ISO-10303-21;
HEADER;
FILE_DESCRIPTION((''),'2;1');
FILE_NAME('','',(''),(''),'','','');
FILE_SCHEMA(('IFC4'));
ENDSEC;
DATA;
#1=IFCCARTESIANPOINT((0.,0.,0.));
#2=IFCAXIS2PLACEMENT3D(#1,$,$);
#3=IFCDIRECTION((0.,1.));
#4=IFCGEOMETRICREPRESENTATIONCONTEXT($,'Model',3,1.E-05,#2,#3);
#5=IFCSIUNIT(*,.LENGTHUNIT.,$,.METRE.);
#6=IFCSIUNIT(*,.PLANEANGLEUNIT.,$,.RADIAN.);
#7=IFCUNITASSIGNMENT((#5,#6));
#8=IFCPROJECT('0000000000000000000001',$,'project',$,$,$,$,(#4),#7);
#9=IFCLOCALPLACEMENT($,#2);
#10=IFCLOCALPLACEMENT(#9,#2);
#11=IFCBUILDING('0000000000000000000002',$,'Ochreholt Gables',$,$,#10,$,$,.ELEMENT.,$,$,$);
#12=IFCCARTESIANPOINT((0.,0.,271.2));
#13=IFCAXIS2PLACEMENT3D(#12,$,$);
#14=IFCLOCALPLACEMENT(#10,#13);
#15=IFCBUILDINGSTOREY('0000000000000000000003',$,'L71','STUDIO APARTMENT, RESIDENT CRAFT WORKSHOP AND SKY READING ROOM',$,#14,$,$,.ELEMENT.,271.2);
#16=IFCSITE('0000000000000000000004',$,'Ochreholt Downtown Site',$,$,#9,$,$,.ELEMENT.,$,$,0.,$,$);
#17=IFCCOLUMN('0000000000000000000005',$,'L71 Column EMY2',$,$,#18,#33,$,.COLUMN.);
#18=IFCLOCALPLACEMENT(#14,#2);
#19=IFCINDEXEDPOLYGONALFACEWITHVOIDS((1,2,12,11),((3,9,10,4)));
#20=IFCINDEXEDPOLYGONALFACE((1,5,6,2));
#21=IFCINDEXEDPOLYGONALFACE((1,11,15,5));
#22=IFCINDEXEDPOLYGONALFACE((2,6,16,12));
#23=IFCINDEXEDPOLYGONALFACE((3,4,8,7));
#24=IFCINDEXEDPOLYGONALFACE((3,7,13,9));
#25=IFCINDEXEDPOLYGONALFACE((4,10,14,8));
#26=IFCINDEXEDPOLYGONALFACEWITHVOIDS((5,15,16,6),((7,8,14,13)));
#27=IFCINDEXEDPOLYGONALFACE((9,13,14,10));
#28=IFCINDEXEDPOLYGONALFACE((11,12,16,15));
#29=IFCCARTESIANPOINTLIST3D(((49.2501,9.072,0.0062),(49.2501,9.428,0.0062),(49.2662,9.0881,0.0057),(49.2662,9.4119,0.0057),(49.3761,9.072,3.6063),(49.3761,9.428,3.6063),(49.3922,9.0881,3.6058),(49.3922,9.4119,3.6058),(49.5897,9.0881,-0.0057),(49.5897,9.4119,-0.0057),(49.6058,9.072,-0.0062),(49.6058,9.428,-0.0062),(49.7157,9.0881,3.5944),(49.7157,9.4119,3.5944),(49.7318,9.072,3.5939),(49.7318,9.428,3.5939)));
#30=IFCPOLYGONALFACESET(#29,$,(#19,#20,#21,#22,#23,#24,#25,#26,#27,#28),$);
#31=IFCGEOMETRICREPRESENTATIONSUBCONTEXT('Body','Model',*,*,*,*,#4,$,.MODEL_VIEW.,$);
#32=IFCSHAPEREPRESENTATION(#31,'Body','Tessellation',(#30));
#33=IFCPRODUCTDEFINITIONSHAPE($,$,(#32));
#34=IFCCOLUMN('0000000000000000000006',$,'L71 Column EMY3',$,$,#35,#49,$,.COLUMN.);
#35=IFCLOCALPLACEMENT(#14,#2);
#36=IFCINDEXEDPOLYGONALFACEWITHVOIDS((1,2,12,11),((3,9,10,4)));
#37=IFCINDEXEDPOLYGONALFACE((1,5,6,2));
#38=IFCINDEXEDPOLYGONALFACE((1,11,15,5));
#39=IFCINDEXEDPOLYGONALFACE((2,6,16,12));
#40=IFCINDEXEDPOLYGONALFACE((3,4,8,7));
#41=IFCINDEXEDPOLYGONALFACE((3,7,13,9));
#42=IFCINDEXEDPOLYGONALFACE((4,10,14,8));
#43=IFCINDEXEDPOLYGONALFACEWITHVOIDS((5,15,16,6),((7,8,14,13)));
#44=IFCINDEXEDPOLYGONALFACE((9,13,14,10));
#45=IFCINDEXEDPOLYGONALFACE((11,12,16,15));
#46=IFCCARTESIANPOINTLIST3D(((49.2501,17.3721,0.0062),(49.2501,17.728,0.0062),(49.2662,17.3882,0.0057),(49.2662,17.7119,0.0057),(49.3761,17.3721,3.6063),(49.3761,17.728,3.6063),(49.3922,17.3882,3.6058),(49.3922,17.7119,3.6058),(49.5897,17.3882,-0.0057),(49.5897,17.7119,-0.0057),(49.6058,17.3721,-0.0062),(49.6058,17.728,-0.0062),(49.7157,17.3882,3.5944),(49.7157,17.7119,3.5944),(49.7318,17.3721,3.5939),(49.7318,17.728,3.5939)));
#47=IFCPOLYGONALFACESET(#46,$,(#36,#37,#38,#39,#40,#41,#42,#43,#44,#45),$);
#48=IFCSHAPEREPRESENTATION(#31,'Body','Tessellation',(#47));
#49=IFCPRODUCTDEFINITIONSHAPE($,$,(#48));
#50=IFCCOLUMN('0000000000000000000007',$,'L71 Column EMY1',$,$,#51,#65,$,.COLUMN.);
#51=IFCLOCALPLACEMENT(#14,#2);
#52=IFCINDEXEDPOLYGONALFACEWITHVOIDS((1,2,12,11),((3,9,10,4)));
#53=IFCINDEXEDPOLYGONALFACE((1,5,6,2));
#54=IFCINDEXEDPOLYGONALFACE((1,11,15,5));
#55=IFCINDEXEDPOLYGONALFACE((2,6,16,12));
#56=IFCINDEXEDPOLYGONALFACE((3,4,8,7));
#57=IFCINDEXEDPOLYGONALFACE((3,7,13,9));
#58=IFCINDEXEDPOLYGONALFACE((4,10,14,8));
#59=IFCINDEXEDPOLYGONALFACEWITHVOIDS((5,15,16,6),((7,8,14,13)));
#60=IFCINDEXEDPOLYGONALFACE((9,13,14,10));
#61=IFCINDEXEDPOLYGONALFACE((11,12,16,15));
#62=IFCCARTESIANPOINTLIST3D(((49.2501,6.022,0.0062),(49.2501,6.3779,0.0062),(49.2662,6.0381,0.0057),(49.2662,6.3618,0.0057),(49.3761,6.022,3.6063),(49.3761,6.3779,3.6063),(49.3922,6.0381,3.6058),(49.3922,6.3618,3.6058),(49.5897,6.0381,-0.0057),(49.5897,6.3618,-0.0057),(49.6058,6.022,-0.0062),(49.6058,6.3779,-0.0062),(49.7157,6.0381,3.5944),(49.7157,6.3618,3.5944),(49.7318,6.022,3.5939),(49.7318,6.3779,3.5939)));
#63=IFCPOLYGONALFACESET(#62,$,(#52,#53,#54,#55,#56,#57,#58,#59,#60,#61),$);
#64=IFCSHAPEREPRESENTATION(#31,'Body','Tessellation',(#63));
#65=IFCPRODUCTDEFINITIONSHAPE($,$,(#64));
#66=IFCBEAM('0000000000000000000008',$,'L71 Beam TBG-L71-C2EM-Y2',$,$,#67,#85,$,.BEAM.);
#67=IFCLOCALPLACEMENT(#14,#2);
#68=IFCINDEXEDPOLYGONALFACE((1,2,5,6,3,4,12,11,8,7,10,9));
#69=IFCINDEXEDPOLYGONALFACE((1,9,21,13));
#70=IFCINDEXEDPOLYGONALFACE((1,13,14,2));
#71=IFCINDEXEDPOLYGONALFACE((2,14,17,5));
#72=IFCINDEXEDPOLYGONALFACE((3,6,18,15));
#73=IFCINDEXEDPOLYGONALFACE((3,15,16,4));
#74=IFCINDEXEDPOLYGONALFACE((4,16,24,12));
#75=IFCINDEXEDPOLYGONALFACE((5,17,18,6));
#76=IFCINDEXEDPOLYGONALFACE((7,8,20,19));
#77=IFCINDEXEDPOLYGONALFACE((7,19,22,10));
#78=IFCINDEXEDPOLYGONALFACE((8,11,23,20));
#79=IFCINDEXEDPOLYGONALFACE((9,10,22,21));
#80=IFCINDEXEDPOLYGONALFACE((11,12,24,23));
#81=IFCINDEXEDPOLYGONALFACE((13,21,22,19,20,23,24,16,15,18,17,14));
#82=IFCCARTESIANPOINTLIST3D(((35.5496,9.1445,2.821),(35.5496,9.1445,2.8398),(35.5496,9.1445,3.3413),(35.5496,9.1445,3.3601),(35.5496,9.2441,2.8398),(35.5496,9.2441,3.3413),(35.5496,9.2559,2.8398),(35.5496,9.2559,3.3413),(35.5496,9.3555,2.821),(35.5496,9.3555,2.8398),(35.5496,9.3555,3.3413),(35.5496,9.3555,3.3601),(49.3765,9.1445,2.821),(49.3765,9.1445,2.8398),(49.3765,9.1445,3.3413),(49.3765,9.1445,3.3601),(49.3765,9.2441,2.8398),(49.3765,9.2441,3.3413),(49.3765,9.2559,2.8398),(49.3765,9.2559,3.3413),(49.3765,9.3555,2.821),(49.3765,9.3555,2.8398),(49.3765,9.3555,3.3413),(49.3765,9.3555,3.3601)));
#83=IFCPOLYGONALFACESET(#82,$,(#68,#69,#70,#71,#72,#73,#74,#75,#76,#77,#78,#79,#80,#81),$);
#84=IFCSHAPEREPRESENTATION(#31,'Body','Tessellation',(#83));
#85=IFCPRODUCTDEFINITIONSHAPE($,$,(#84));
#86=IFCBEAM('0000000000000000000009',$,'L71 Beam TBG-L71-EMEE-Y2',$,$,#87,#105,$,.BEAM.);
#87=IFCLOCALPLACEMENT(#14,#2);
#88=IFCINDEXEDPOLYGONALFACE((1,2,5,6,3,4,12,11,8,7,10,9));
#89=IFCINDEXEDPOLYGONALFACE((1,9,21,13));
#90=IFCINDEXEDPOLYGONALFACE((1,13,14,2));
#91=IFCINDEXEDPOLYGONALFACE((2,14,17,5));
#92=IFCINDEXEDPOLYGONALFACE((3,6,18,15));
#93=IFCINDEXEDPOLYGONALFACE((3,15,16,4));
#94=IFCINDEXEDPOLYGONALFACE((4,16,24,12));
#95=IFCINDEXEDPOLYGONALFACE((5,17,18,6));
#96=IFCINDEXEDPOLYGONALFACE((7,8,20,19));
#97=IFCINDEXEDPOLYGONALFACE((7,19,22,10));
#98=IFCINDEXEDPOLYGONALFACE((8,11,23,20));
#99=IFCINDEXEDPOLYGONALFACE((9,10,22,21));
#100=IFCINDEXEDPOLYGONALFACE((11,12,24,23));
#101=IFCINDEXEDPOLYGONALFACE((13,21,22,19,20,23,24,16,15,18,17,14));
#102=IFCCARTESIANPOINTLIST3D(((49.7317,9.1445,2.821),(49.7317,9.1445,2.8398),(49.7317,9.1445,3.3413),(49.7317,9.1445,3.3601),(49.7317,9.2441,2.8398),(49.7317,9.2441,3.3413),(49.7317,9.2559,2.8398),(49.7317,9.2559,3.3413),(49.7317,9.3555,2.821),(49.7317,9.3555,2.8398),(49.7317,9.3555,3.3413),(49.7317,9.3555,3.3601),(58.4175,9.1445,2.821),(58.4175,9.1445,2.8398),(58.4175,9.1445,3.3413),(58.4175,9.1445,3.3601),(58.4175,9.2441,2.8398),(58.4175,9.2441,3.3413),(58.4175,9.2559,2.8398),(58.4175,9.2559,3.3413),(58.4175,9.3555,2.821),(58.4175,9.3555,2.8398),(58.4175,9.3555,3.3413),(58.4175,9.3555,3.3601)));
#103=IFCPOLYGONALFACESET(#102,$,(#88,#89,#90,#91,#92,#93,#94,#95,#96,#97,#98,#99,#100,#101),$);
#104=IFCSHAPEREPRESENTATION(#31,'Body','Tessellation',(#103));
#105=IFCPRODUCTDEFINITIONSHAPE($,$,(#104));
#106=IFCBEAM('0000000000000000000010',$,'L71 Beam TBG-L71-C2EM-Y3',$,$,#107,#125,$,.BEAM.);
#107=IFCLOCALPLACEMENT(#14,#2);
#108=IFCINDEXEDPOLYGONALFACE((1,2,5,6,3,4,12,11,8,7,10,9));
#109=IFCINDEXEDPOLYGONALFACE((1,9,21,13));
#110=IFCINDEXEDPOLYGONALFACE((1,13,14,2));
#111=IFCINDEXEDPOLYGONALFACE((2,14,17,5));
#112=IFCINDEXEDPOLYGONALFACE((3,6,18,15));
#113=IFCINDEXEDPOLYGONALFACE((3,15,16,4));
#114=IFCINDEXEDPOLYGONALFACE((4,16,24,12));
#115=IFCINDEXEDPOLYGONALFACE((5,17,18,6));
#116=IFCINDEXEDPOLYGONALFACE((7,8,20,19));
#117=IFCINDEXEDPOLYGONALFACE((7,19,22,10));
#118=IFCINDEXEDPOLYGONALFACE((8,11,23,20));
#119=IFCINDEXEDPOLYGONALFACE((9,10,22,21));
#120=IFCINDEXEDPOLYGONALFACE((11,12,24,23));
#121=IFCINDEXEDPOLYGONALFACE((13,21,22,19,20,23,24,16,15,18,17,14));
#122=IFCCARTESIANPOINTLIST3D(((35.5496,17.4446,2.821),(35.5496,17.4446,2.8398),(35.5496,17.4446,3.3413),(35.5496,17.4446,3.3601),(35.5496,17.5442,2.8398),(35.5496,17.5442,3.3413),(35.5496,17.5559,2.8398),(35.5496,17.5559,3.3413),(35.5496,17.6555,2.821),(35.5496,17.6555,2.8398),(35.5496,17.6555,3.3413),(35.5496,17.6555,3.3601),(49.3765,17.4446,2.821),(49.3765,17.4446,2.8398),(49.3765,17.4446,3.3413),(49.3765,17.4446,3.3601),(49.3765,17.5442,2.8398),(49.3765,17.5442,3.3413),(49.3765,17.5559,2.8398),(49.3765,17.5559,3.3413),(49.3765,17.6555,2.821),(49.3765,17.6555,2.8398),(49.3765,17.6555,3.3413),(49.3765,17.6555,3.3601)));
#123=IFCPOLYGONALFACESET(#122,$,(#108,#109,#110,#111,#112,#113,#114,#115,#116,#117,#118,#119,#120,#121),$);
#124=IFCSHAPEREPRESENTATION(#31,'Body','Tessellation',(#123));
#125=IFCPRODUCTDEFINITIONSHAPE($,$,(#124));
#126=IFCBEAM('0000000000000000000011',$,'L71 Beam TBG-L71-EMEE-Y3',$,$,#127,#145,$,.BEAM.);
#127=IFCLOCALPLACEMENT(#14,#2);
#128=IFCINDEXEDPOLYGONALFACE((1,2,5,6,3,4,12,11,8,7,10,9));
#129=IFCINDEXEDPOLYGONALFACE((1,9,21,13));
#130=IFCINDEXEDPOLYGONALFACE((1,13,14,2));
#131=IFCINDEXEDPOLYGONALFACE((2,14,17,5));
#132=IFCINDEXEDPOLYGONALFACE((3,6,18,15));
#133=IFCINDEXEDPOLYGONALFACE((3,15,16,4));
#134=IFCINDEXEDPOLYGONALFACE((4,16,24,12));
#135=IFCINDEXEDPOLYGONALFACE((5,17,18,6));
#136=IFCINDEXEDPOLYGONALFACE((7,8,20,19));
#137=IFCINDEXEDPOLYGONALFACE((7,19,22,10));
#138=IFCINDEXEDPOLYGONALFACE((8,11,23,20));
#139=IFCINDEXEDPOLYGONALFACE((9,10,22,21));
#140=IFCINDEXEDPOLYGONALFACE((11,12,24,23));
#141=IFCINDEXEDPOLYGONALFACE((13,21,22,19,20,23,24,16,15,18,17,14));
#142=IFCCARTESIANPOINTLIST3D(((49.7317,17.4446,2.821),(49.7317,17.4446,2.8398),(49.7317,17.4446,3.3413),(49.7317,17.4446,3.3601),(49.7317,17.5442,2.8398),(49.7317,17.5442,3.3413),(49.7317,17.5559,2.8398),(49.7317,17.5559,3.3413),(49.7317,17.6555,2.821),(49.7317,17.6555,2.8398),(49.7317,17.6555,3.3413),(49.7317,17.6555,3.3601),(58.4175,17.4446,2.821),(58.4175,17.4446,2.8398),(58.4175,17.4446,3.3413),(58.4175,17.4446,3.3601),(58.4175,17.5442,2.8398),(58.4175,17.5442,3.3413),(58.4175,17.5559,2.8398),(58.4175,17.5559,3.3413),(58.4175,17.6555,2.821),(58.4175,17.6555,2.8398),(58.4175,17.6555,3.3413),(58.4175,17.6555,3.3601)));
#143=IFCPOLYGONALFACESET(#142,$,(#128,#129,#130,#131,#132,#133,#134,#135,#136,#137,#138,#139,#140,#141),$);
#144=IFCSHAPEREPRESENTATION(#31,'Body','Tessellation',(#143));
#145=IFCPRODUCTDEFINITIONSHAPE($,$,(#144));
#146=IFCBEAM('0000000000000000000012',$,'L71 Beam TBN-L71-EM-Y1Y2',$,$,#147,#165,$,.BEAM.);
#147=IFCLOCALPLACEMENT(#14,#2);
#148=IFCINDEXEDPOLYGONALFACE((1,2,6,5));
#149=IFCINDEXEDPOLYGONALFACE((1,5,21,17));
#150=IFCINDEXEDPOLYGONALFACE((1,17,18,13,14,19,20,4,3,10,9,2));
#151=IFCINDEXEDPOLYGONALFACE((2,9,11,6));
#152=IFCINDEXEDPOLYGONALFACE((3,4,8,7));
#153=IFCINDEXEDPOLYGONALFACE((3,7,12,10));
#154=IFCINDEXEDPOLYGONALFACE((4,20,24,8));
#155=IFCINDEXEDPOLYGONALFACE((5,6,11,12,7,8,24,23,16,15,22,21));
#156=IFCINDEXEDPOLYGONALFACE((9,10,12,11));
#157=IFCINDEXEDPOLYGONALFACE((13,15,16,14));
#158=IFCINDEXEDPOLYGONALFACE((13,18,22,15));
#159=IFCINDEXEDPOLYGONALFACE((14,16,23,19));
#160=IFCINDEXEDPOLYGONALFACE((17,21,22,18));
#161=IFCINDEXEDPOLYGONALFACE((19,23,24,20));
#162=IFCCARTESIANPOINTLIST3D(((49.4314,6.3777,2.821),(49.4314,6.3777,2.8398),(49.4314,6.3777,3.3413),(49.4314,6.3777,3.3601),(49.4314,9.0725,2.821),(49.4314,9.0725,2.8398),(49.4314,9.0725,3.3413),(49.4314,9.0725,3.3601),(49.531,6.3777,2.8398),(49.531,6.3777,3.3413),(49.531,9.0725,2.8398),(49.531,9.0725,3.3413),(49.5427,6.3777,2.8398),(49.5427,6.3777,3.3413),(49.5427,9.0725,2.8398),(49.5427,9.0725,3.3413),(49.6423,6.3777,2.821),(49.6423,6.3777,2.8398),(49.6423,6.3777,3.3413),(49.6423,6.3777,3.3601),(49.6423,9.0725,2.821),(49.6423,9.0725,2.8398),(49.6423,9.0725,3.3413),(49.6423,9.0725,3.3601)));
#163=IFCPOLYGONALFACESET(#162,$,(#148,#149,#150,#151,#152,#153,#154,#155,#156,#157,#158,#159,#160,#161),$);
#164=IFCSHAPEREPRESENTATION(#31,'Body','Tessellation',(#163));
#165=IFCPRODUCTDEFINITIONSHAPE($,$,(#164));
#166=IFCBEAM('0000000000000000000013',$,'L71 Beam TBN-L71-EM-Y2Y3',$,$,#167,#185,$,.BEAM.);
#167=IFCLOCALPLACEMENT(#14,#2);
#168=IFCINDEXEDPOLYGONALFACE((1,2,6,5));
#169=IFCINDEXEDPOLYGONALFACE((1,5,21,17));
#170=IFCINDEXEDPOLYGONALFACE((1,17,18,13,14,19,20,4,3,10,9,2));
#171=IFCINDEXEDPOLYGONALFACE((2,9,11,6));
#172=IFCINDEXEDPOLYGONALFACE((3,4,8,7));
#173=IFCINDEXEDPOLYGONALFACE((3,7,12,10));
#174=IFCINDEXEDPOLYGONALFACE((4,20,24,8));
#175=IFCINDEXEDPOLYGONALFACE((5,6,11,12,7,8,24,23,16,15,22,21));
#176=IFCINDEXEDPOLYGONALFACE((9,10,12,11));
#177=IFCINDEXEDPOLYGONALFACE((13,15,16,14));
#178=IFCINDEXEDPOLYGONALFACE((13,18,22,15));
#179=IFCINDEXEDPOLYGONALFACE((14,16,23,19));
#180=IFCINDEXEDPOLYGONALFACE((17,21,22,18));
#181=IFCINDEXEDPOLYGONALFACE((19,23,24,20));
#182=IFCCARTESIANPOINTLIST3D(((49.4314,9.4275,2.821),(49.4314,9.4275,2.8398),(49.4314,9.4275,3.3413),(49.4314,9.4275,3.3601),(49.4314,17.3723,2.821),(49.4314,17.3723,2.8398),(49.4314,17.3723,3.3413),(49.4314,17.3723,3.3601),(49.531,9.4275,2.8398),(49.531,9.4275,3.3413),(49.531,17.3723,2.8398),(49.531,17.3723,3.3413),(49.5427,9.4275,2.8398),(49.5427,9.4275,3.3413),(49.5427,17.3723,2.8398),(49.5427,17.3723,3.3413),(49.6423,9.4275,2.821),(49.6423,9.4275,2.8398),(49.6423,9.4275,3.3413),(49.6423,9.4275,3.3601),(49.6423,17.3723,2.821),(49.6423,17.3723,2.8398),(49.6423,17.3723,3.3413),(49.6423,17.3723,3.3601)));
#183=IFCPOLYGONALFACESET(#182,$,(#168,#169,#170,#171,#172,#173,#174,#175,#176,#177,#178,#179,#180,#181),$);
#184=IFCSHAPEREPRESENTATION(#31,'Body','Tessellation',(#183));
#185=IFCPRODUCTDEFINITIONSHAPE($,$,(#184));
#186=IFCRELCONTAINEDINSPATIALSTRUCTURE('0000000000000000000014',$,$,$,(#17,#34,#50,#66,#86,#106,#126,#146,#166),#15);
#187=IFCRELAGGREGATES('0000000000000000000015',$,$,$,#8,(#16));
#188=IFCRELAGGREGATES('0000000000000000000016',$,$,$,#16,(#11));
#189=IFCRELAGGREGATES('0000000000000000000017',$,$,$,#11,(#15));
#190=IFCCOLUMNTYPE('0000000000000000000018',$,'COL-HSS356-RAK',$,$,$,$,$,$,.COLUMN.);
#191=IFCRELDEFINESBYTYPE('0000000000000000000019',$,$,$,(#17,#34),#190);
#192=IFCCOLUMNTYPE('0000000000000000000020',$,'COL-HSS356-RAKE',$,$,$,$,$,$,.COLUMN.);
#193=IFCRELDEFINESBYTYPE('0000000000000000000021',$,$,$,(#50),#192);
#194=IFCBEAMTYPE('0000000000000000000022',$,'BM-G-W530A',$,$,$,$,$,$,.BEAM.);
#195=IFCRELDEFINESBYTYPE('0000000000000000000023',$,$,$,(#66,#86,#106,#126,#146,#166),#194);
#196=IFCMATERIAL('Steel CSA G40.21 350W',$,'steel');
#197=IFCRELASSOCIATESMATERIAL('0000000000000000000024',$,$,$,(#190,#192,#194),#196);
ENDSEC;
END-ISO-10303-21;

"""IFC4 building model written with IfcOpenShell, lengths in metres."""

from ifc_helpers import new_model, si_unit, direction, frame, origin, origin_2d, place, context, subcontext, project, spatial, hollow_rectangle, i_section, extrude, material, material_profile, profile_set, type_object, element, save


model = new_model("IFC4")

# Units and contexts
model_context = context("Model", 3, precision=1e-05, world=origin(), true_north=direction((0.0, 1.0)))
body_context = subcontext(model_context, "Body", "Model", "MODEL_VIEW")
ifc_project = project(units=[si_unit("LENGTHUNIT", "METRE"), si_unit("PLANEANGLEUNIT", "RADIAN")], contexts=[model_context])

# Site, building, storey
site_placement = place(None, origin())
site = spatial("IfcSite", under=ifc_project, at=site_placement, Name="Ochreholt Downtown Site", CompositionType="ELEMENT", RefElevation=0.0)
building_placement = place(site_placement, origin())
building = spatial("IfcBuilding", under=site, at=building_placement, Name="Ochreholt Gables", CompositionType="ELEMENT")
storey_placement = place(building_placement, frame((0.0, 0.0, 271.2)))
storey = spatial("IfcBuildingStorey", under=building, at=storey_placement, Name="L71", Description="STUDIO APARTMENT, RESIDENT CRAFT WORKSHOP AND SKY READING ROOM", CompositionType="ELEMENT", Elevation=271.2)

# Columns
ifc_material_1 = material(Name="Steel CSA G40.21 350W", Category="steel")
ifc_material_profile_1 = material_profile(ifc_material_1, hollow_rectangle(XDim=0.356, YDim=0.356, WallThickness=0.0161, at=origin_2d()), Name="HSS356X356X16")
ifc_profile_set_1 = profile_set([ifc_material_profile_1], Name="Steel CSA G40.21 350W")
column_type_1 = type_object("IfcColumnType", Name="COL-HSS356-RAK", PredefinedType="COLUMN", material=ifc_profile_set_1)
for number, where, z_axis, x_axis, name in (
    (1, (49.428, 9.25, 0.0), (0.034971, 0.0, 0.999388), (0.0, 1.0, 0.0), "L71 Column EMY2"),
    (2, (49.428, 17.55, 0.0), (0.034971, 0.0, 0.999388), (0.0, 1.0, 0.0), "L71 Column EMY3"),
):
    element("IfcColumn", number, at=place(storey_placement, frame(where, z_axis=z_axis, x_axis=x_axis)), inside=storey, type_object=column_type_1, Name=name, PredefinedType="COLUMN", context=body_context, shape_type="SweptSolid", body=[
        extrude(hollow_rectangle(XDim=0.356, YDim=0.356, WallThickness=0.0161, at=origin_2d()), origin(), (0.0, 0.0, 1.0), 3.6023),
    ])
ifc_material_profile_2 = material_profile(ifc_material_1, hollow_rectangle(XDim=0.356, YDim=0.356, WallThickness=0.0161, at=origin_2d()), Name="HSS356X356X16")
ifc_profile_set_2 = profile_set([ifc_material_profile_2], Name="Steel CSA G40.21 350W")
column_type_2 = type_object("IfcColumnType", Name="COL-HSS356-RAKE", PredefinedType="COLUMN", material=ifc_profile_set_2)
column_placement = place(storey_placement, frame((49.428, 6.2, 0.0), z_axis=(0.034971, 0.0, 0.999388), x_axis=(0.0, 1.0, 0.0)))
element("IfcColumn", 3, at=column_placement, inside=storey, type_object=column_type_2, Name="L71 Column EMY1", PredefinedType="COLUMN", context=body_context, shape_type="SweptSolid", body=[
    extrude(hollow_rectangle(XDim=0.356, YDim=0.356, WallThickness=0.0161, at=origin_2d()), origin(), (0.0, 0.0, 1.0), 3.6023),
])

# Beams
ifc_material_profile_3 = material_profile(ifc_material_1, i_section(OverallWidth=0.2109, OverallDepth=0.5391, WebThickness=0.0117, FlangeThickness=0.0188, at=origin_2d()), Name="W530X109")
ifc_profile_set_3 = profile_set([ifc_material_profile_3], Name="Steel CSA G40.21 350W")
beam_type_1 = type_object("IfcBeamType", Name="BM-G-W530A", PredefinedType="BEAM", material=ifc_profile_set_3)
beam_1_placement = place(storey_placement, frame((35.5496, 9.25, 3.0906), z_axis=(1.0, 0.0, 0.0), x_axis=(0.0, 1.0, 0.0)))
element("IfcBeam", 4, at=beam_1_placement, inside=storey, type_object=beam_type_1, Name="L71 Beam TBG-L71-C2EM-Y2", PredefinedType="BEAM", context=body_context, shape_type="SweptSolid", body=[
    extrude(i_section(OverallWidth=0.2109, OverallDepth=0.5391, WebThickness=0.0117, FlangeThickness=0.0188, at=origin_2d()), origin(), (0.0, 0.0, 1.0), 13.8269),
])
beam_2_placement = place(storey_placement, frame((49.7317, 9.25, 3.0906), z_axis=(1.0, 0.0, 0.0), x_axis=(0.0, 1.0, 0.0)))
element("IfcBeam", 5, at=beam_2_placement, inside=storey, type_object=beam_type_1, Name="L71 Beam TBG-L71-EMEE-Y2", PredefinedType="BEAM", context=body_context, shape_type="SweptSolid", body=[
    extrude(i_section(OverallWidth=0.2109, OverallDepth=0.5391, WebThickness=0.0117, FlangeThickness=0.0188, at=origin_2d()), origin(), (0.0, 0.0, 1.0), 8.6858),
])
beam_3_placement = place(storey_placement, frame((35.5496, 17.55, 3.0906), z_axis=(1.0, 0.0, 0.0), x_axis=(0.0, 1.0, 0.0)))
element("IfcBeam", 6, at=beam_3_placement, inside=storey, type_object=beam_type_1, Name="L71 Beam TBG-L71-C2EM-Y3", PredefinedType="BEAM", context=body_context, shape_type="SweptSolid", body=[
    extrude(i_section(OverallWidth=0.2109, OverallDepth=0.5391, WebThickness=0.0117, FlangeThickness=0.0188, at=origin_2d()), origin(), (0.0, 0.0, 1.0), 13.8269),
])
beam_4_placement = place(storey_placement, frame((49.7317, 17.55, 3.0906), z_axis=(1.0, 0.0, 0.0), x_axis=(0.0, 1.0, 0.0)))
element("IfcBeam", 7, at=beam_4_placement, inside=storey, type_object=beam_type_1, Name="L71 Beam TBG-L71-EMEE-Y3", PredefinedType="BEAM", context=body_context, shape_type="SweptSolid", body=[
    extrude(i_section(OverallWidth=0.2109, OverallDepth=0.5391, WebThickness=0.0117, FlangeThickness=0.0188, at=origin_2d()), origin(), (0.0, 0.0, 1.0), 8.6858),
])
beam_5_placement = place(storey_placement, frame((49.5369, 6.3777, 3.0906), z_axis=(0.0, 1.0, 0.0), x_axis=(-1.0, 0.0, 0.0)))
element("IfcBeam", 8, at=beam_5_placement, inside=storey, type_object=beam_type_1, Name="L71 Beam TBN-L71-EM-Y1Y2", PredefinedType="BEAM", context=body_context, shape_type="SweptSolid", body=[
    extrude(i_section(OverallWidth=0.2109, OverallDepth=0.5391, WebThickness=0.0117, FlangeThickness=0.0188, at=origin_2d()), origin(), (0.0, 0.0, 1.0), 2.6948),
])
beam_6_placement = place(storey_placement, frame((49.5369, 9.4275, 3.0906), z_axis=(0.0, 1.0, 0.0), x_axis=(-1.0, 0.0, 0.0)))
element("IfcBeam", 9, at=beam_6_placement, inside=storey, type_object=beam_type_1, Name="L71 Beam TBN-L71-EM-Y2Y3", PredefinedType="BEAM", context=body_context, shape_type="SweptSolid", body=[
    extrude(i_section(OverallWidth=0.2109, OverallDepth=0.5391, WebThickness=0.0117, FlangeThickness=0.0188, at=origin_2d()), origin(), (0.0, 0.0, 1.0), 7.9448),
])

save(model, "model.ifc")
